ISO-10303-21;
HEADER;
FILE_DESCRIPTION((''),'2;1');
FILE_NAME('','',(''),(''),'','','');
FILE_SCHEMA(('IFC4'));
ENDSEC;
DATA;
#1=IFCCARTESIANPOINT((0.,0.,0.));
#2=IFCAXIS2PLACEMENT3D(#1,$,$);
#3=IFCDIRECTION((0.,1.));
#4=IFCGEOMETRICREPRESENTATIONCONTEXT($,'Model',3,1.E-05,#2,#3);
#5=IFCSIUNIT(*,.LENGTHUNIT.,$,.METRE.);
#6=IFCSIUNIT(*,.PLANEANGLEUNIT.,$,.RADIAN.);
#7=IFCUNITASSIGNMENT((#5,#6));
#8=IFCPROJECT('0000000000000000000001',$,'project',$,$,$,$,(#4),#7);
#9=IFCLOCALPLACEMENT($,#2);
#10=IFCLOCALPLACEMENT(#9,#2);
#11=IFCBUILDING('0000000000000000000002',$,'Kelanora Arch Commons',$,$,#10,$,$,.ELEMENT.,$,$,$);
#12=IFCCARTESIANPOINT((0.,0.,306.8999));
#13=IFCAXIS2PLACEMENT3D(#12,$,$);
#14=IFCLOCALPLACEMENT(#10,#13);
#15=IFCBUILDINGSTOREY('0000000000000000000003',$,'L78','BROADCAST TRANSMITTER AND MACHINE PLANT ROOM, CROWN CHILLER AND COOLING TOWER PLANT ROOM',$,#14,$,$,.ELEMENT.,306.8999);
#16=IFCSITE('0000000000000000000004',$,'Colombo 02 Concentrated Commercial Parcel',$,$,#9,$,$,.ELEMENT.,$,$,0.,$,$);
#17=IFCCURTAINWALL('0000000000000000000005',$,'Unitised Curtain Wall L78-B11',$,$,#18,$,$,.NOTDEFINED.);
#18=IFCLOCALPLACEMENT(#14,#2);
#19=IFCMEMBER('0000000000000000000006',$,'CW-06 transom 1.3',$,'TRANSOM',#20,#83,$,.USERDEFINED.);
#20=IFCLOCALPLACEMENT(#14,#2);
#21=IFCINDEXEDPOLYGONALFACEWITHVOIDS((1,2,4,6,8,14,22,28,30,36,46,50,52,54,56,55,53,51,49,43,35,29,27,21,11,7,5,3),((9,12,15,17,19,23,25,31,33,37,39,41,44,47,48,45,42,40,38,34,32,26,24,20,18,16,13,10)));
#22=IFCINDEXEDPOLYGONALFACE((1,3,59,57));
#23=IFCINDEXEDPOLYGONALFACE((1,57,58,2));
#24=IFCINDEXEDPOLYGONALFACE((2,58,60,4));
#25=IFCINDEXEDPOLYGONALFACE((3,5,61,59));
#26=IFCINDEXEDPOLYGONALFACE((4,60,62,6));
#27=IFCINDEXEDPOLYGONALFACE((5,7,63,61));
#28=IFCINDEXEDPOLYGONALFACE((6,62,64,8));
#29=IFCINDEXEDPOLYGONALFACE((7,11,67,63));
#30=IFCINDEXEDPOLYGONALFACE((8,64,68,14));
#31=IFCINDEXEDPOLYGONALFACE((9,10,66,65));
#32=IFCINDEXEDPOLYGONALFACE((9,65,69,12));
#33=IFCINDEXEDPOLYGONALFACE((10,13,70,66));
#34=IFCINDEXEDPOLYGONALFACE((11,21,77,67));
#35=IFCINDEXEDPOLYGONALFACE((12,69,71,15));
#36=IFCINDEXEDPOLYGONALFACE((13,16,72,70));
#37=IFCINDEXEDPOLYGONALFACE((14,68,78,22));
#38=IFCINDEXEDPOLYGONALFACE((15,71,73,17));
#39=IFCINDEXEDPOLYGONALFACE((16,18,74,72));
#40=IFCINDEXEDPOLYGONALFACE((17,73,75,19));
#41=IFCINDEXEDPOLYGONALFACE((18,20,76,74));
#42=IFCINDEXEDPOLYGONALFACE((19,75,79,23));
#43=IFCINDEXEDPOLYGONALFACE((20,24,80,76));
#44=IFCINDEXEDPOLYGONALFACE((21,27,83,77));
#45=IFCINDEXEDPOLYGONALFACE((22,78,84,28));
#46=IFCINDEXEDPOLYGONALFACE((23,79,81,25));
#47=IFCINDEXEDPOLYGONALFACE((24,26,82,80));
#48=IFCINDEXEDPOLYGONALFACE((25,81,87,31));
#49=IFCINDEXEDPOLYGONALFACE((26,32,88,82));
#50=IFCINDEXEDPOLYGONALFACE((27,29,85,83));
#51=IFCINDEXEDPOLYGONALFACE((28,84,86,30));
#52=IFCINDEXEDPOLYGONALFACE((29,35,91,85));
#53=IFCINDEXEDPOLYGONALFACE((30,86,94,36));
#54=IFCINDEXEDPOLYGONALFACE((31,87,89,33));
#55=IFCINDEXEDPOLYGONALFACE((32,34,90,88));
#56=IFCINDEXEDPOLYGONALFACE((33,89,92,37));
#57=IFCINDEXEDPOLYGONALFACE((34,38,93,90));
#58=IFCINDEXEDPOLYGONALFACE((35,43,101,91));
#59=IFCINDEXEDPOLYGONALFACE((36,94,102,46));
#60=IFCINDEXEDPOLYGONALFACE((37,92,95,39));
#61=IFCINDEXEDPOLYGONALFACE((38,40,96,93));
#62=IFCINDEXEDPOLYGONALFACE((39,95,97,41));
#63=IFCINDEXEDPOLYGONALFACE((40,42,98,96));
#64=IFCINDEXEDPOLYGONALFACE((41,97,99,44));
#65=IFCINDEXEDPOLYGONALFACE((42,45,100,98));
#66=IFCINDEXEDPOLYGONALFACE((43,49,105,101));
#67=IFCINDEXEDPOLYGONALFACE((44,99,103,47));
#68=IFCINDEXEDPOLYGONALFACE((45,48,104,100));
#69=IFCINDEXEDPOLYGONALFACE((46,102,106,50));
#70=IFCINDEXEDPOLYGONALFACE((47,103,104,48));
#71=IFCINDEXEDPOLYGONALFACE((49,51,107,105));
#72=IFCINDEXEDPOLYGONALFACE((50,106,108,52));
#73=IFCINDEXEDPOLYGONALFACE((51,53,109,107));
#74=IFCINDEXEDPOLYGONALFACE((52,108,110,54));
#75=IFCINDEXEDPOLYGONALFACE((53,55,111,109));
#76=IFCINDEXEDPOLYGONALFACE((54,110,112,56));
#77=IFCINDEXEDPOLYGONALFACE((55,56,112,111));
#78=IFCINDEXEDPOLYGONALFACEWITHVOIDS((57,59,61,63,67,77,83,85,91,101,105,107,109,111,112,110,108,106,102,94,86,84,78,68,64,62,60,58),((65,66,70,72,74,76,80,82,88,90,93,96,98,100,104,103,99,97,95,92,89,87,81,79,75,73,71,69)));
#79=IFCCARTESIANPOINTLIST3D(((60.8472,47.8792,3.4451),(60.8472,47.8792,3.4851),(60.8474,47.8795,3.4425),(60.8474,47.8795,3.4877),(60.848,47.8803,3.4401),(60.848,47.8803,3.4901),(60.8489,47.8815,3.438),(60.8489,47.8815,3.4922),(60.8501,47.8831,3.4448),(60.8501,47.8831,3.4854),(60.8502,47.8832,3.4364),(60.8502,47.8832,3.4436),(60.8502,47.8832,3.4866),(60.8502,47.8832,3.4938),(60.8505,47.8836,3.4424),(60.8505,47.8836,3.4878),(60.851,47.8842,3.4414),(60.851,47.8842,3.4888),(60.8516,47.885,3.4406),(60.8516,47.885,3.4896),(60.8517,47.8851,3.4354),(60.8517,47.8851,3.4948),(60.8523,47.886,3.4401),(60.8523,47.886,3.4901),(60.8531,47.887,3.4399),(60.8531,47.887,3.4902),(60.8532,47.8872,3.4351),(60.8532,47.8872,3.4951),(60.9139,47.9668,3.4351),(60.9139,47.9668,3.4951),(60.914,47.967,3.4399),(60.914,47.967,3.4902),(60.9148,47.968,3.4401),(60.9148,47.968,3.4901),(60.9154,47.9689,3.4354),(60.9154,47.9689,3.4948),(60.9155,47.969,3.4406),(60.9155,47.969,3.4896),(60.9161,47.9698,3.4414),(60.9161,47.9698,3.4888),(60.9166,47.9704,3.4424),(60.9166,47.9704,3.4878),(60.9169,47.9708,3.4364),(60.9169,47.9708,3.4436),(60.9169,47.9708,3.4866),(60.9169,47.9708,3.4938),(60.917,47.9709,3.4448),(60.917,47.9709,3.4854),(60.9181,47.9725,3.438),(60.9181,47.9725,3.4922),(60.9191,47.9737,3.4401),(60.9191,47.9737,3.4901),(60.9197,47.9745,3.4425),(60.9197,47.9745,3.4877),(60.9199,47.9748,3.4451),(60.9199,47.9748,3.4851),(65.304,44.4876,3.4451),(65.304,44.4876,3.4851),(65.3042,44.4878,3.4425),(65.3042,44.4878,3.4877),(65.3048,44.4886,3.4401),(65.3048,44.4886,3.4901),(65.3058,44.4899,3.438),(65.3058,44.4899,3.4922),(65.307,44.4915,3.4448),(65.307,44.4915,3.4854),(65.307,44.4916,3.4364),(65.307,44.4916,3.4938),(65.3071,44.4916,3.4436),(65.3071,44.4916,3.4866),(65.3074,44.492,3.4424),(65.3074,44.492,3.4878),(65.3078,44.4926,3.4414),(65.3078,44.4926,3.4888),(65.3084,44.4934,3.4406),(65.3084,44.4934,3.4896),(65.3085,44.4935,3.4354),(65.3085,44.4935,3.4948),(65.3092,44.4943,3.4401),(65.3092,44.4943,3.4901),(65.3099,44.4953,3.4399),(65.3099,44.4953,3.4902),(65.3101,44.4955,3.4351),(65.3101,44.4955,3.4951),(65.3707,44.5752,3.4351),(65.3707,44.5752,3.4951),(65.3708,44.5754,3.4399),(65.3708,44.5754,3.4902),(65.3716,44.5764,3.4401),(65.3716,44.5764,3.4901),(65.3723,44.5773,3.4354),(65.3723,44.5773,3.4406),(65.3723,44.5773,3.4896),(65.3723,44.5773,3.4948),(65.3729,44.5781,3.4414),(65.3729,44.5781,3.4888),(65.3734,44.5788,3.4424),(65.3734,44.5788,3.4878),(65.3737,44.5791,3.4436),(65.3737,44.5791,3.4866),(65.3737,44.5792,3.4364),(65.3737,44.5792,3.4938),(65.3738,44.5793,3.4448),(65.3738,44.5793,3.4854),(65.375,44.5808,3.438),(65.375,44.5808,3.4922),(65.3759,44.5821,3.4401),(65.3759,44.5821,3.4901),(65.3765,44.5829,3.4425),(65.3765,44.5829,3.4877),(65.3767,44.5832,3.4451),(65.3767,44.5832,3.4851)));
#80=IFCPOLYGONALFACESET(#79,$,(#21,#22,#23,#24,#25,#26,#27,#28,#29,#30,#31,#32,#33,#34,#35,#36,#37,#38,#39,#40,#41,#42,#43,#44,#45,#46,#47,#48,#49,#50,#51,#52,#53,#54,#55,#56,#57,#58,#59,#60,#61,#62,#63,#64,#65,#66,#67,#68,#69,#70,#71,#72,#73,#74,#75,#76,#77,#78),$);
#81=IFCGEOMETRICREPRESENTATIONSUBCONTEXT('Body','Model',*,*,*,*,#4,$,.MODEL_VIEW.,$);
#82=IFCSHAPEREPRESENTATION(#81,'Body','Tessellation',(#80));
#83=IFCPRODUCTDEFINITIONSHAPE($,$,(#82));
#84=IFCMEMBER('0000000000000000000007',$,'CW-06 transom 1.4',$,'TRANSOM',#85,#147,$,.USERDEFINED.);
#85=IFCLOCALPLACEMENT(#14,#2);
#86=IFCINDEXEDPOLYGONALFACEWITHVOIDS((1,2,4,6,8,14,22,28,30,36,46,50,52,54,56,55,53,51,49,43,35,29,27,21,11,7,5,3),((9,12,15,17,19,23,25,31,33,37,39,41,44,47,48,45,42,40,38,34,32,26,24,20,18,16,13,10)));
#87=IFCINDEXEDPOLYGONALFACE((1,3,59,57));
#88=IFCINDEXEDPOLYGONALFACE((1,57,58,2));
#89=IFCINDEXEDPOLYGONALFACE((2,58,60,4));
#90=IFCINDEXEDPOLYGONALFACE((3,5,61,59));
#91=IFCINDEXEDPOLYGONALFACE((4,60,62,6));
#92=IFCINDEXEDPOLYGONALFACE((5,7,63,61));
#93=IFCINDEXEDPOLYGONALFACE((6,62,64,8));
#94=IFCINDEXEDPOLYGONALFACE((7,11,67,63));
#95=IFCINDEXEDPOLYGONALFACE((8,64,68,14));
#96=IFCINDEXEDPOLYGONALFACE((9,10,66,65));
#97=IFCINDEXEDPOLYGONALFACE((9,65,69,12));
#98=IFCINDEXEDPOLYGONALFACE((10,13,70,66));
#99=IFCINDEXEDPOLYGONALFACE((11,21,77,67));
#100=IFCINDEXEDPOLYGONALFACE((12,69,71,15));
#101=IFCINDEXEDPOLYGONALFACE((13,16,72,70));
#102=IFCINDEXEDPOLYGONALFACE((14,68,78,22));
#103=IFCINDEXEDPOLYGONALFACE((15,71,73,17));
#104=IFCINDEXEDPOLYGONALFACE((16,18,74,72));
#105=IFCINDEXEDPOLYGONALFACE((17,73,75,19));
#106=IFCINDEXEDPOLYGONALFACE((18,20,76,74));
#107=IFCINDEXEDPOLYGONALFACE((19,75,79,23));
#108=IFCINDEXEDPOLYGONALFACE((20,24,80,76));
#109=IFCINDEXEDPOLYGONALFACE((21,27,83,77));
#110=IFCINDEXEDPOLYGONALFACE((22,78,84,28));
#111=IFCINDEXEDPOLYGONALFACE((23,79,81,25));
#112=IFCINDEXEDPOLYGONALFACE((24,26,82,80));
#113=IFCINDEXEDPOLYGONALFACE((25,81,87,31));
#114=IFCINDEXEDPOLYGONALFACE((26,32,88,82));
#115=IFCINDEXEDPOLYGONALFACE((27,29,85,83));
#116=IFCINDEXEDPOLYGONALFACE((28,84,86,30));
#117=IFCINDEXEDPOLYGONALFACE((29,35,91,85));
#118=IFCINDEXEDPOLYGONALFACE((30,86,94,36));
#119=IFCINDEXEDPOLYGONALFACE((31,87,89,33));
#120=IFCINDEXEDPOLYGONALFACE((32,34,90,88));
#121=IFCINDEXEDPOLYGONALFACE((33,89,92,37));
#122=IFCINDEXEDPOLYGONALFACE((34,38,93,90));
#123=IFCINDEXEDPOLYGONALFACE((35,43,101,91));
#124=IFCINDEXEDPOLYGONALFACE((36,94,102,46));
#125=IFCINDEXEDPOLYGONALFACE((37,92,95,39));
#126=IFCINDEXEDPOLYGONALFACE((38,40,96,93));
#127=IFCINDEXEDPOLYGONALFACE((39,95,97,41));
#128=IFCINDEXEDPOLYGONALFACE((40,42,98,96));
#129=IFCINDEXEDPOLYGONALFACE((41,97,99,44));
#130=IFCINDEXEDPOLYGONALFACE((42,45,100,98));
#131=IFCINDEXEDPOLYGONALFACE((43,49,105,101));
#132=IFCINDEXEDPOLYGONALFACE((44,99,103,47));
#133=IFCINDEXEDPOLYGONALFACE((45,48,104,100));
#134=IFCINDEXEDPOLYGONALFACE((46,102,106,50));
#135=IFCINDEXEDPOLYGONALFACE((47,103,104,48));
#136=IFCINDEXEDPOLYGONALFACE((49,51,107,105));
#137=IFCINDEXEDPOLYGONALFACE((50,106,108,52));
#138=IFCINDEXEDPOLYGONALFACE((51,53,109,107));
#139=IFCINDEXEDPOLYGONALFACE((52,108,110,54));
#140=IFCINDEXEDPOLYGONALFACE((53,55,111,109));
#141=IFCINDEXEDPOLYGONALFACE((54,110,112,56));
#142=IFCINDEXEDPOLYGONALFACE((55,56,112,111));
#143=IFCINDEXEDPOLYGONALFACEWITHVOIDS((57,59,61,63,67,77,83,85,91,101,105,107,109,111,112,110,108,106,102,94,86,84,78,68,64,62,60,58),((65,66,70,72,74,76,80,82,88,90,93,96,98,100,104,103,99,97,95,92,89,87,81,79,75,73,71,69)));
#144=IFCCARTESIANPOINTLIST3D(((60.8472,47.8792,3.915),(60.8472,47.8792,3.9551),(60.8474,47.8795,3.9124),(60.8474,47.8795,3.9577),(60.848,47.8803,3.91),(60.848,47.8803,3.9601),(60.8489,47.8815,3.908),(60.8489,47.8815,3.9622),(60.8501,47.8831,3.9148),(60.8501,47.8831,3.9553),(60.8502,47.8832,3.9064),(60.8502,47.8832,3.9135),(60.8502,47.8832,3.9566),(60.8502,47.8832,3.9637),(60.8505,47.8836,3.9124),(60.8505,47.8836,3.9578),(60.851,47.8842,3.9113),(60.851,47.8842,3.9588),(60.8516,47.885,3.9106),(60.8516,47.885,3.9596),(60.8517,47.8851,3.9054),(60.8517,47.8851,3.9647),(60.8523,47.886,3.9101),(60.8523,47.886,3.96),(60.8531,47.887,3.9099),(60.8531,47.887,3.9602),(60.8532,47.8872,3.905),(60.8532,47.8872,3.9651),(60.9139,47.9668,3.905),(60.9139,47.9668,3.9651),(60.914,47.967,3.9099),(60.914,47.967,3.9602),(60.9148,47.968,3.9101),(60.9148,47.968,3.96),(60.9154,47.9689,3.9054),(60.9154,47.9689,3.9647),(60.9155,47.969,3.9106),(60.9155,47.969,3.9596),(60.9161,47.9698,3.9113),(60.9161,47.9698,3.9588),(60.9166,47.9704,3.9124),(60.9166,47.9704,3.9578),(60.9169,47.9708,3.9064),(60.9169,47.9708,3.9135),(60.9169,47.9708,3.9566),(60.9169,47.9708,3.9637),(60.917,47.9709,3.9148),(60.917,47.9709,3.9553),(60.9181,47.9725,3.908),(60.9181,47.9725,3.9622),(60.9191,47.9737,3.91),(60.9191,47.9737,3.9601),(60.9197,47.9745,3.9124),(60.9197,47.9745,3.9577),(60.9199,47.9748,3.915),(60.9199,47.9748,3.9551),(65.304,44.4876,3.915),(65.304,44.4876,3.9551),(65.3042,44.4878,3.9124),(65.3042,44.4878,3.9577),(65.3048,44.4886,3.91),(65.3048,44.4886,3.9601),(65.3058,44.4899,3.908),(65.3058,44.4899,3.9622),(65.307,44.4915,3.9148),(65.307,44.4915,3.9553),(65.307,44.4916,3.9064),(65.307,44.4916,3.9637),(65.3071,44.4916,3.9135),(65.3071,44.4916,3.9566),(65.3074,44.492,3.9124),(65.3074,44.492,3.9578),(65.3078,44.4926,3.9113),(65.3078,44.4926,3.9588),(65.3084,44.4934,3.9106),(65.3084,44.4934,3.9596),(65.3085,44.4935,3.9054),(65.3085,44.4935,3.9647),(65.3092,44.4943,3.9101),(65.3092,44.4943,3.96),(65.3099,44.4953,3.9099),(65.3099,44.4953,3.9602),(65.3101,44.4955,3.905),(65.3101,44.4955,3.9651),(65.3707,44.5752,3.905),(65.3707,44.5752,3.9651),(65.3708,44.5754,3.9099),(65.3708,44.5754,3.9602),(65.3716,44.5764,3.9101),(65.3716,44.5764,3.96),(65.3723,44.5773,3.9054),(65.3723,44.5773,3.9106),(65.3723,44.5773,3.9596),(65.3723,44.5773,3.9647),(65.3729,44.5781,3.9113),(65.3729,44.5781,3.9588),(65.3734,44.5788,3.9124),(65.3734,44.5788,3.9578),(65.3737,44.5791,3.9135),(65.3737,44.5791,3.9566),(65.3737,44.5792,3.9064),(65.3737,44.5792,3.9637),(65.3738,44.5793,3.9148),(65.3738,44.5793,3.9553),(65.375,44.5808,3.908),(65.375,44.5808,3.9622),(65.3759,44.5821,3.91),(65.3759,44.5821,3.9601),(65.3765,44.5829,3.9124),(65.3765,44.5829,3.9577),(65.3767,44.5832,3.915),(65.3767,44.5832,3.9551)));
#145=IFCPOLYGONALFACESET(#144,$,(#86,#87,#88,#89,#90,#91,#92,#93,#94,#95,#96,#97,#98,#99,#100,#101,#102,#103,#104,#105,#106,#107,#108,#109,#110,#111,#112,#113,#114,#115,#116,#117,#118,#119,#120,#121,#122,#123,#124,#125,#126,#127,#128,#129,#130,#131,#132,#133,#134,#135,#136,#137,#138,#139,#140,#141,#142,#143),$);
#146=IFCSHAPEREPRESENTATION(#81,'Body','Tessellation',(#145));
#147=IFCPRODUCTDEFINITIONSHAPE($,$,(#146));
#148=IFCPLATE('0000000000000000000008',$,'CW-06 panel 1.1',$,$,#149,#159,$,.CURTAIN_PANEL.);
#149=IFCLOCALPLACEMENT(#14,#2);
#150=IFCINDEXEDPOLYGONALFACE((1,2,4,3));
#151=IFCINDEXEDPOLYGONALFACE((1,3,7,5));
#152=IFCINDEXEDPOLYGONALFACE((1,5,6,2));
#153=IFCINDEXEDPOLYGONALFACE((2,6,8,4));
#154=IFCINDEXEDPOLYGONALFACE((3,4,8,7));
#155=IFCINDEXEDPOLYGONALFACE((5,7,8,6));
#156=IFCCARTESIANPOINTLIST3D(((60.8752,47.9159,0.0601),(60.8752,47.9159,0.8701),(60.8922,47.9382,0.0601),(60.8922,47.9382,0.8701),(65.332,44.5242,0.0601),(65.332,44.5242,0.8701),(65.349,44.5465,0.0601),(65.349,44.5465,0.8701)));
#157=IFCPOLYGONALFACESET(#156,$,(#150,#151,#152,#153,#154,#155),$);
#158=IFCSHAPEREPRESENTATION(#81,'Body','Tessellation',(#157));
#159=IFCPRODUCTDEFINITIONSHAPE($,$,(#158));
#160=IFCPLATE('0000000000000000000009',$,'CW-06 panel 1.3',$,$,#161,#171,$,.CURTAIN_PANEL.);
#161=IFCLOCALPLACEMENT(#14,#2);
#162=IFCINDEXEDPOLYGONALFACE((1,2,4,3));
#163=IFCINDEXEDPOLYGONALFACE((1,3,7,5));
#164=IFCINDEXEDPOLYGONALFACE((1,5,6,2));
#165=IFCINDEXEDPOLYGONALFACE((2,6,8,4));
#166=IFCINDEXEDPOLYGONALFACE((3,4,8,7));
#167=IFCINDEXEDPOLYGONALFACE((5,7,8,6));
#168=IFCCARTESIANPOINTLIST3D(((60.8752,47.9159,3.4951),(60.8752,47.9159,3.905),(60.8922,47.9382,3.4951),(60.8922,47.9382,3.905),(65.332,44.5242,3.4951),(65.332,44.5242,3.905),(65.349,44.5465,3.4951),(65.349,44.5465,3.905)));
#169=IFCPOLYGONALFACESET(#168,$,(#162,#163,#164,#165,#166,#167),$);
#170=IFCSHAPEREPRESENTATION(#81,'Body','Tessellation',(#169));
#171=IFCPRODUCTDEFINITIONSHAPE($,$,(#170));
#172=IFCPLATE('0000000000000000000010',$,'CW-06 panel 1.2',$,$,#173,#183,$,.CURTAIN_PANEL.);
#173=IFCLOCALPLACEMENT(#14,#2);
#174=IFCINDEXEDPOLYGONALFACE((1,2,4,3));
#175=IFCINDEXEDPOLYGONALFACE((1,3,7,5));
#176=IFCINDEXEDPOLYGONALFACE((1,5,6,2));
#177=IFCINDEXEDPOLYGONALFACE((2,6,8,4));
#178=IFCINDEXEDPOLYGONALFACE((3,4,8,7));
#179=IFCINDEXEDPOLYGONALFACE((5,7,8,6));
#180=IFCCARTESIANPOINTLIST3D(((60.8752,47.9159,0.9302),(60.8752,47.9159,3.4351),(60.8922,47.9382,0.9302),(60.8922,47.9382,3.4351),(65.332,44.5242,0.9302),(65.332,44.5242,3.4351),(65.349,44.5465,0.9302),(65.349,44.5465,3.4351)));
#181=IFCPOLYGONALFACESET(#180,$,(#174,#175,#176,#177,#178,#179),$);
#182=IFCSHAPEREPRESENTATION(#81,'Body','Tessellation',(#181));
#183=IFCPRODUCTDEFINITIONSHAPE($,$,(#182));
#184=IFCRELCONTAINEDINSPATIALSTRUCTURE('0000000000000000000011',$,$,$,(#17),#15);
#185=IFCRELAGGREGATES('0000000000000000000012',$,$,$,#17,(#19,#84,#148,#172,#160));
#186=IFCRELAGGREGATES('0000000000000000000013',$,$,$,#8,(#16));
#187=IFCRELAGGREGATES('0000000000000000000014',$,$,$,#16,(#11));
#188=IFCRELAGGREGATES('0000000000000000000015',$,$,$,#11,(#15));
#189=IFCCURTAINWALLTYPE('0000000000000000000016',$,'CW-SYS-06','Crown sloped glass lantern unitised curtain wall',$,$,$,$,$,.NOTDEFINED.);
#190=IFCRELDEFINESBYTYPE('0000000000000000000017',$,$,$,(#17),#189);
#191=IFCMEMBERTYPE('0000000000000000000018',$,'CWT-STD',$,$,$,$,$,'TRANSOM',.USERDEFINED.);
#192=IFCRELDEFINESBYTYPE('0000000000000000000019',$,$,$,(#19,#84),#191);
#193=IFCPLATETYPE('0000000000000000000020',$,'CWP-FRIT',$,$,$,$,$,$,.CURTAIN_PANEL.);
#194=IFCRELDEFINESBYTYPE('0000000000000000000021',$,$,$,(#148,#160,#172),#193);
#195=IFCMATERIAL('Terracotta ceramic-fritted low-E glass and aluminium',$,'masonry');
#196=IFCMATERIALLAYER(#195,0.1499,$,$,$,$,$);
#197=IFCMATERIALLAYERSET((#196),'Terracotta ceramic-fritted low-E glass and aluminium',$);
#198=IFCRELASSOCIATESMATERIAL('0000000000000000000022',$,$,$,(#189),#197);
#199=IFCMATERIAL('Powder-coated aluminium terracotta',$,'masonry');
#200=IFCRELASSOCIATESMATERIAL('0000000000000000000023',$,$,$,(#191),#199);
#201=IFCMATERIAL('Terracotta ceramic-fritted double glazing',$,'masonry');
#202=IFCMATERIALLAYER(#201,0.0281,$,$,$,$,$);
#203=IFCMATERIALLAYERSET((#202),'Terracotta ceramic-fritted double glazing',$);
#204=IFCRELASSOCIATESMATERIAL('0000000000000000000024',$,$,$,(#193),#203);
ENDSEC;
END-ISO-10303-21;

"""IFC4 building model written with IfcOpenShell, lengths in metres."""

from ifc_helpers import new_model, si_unit, direction, frame, origin, origin_2d, place, context, subcontext, project, spatial, rectangle, hollow_rectangle, extrude, source, transform, mapped, material, layer, layer_set, material_profile, profile_set, type_object, element, aggregate, save


model = new_model("IFC4")

# Units and contexts
model_context = context("Model", 3, precision=1e-05, world=origin(), true_north=direction((0.0, 1.0)))
body_context = subcontext(model_context, "Body", "Model", "MODEL_VIEW")
ifc_project = project(units=[si_unit("LENGTHUNIT", "METRE"), si_unit("PLANEANGLEUNIT", "RADIAN")], contexts=[model_context])

# Site, building, storey
site_placement = place(None, origin())
site = spatial("IfcSite", under=ifc_project, at=site_placement, Name="Colombo 02 Concentrated Commercial Parcel", CompositionType="ELEMENT", RefElevation=0.0)
building_placement = place(site_placement, origin())
building = spatial("IfcBuilding", under=site, at=building_placement, Name="Kelanora Arch Commons", CompositionType="ELEMENT")
storey_placement = place(building_placement, frame((0.0, 0.0, 306.8999)))
storey = spatial("IfcBuildingStorey", under=building, at=storey_placement, Name="L78", Description="BROADCAST TRANSMITTER AND MACHINE PLANT ROOM, CROWN CHILLER AND COOLING TOWER PLANT ROOM", CompositionType="ELEMENT", Elevation=306.8999)

# Shared definitions
ifc_material_1 = material(Name="Terracotta ceramic-fritted low-E glass and aluminium", Category="masonry")
ifc_layer_1 = layer(ifc_material_1, 0.1499)
ifc_layer_set_1 = layer_set([ifc_layer_1], Name="Terracotta ceramic-fritted low-E glass and aluminium")
curtain_wall_type = type_object("IfcCurtainWallType", Name="CW-SYS-06", Description="Crown sloped glass lantern unitised curtain wall", PredefinedType="NOTDEFINED", material=ifc_layer_set_1)
ifc_material_2 = material(Name="Powder-coated aluminium terracotta", Category="masonry")

# Curtain wall, members, plates
curtain_wall_1_placement = place(storey_placement, origin())
curtain_wall_1 = element("IfcCurtainWall", 1, at=curtain_wall_1_placement, inside=storey, type_object=curtain_wall_type, Name="Unitised Curtain Wall L78-B11", PredefinedType="NOTDEFINED")
ifc_material_profile_1 = material_profile(ifc_material_2, hollow_rectangle(XDim=0.1201, YDim=0.0601, WallThickness=0.0049, InnerFilletRadius=0.0049, OuterFilletRadius=0.01, at=origin_2d()), Name="CWT120x60")
ifc_profile_set_1 = profile_set([ifc_material_profile_1], Name="Powder-coated aluminium terracotta")
member_type_1 = type_object("IfcMemberType", Name="CWT-STD", ElementType="TRANSOM", PredefinedType="USERDEFINED", material=ifc_profile_set_1)
member_1_placement = place(storey_placement, frame((60.8835, 47.927, 3.4651), z_axis=(0.79578, -0.605586, 0.0), x_axis=(0.605586, 0.79578, 0.0)))
member_1 = element("IfcMember", 2, at=member_1_placement, type_object=member_type_1, Name="CW-06 transom 1.3", ObjectType="TRANSOM", PredefinedType="USERDEFINED", context=body_context, shape_type="SweptSolid", body=[
    extrude(hollow_rectangle(XDim=0.1201, YDim=0.0601, WallThickness=0.0049, InnerFilletRadius=0.0049, OuterFilletRadius=0.01, at=origin_2d()), origin(), (0.0, 0.0, 1.0), 5.6006),
])
member_2_placement = place(storey_placement, frame((60.8835, 47.927, 3.9351), z_axis=(0.79578, -0.605586, 0.0), x_axis=(0.605586, 0.79578, 0.0)))
member_2 = element("IfcMember", 3, at=member_2_placement, type_object=member_type_1, Name="CW-06 transom 1.4", ObjectType="TRANSOM", PredefinedType="USERDEFINED", context=body_context, shape_type="SweptSolid", body=[
    extrude(hollow_rectangle(XDim=0.1201, YDim=0.0601, WallThickness=0.0049, InnerFilletRadius=0.0049, OuterFilletRadius=0.01, at=origin_2d()), origin(), (0.0, 0.0, 1.0), 5.6006),
])
ifc_material_3 = material(Name="Terracotta ceramic-fritted double glazing", Category="masonry")
ifc_layer_2 = layer(ifc_material_3, 0.0281)
ifc_layer_set_2 = layer_set([ifc_layer_2], Name="Terracotta ceramic-fritted double glazing")
plate_type = type_object("IfcPlateType", Name="CWP-FRIT", PredefinedType="CURTAIN_PANEL", material=ifc_layer_set_2)
shared_shape_1 = source(origin(), body_context, "Body", "SweptSolid", [
    extrude(rectangle(XDim=5.6006, YDim=0.0281, at=origin_2d()), origin(), (0.0, 0.0, 1.0), 0.8101),
])
plate_1_placement = place(storey_placement, frame((63.1121, 46.2312, 0.0601), z_axis=(0.0, 0.0, 1.0), x_axis=(0.795772, -0.605596, 0.0)))
plate_1 = element("IfcPlate", 4, at=plate_1_placement, type_object=plate_type, Name="CW-06 panel 1.1", PredefinedType="CURTAIN_PANEL", context=body_context, shape_type="MappedRepresentation", body=[
    mapped(shared_shape_1, transform((0.0, 0.0, 0.0), scale=1.0)),
])
shared_shape_2 = source(origin(), body_context, "Body", "SweptSolid", [
    extrude(rectangle(XDim=5.6006, YDim=0.0281, at=origin_2d()), origin(), (0.0, 0.0, 1.0), 0.4099),
])
plate_2_placement = place(storey_placement, frame((63.1121, 46.2312, 3.4951), z_axis=(0.0, 0.0, 1.0), x_axis=(0.795772, -0.605596, 0.0)))
plate_2 = element("IfcPlate", 5, at=plate_2_placement, type_object=plate_type, Name="CW-06 panel 1.3", PredefinedType="CURTAIN_PANEL", context=body_context, shape_type="MappedRepresentation", body=[
    mapped(shared_shape_2, transform((0.0, 0.0, 0.0), scale=1.0)),
])
shared_shape_3 = source(origin(), body_context, "Body", "SweptSolid", [
    extrude(rectangle(XDim=5.6006, YDim=0.0281, at=origin_2d()), origin(), (0.0, 0.0, 1.0), 2.5049),
])
plate_3_placement = place(storey_placement, frame((63.1121, 46.2312, 0.9302), z_axis=(0.0, 0.0, 1.0), x_axis=(0.795772, -0.605596, 0.0)))
plate_3 = element("IfcPlate", 6, at=plate_3_placement, type_object=plate_type, Name="CW-06 panel 1.2", PredefinedType="CURTAIN_PANEL", context=body_context, shape_type="MappedRepresentation", body=[
    mapped(shared_shape_3, transform((0.0, 0.0, 0.0), scale=1.0)),
])
aggregate(curtain_wall_1, [member_1, member_2, plate_1, plate_3, plate_2])

save(model, "model.ifc")
